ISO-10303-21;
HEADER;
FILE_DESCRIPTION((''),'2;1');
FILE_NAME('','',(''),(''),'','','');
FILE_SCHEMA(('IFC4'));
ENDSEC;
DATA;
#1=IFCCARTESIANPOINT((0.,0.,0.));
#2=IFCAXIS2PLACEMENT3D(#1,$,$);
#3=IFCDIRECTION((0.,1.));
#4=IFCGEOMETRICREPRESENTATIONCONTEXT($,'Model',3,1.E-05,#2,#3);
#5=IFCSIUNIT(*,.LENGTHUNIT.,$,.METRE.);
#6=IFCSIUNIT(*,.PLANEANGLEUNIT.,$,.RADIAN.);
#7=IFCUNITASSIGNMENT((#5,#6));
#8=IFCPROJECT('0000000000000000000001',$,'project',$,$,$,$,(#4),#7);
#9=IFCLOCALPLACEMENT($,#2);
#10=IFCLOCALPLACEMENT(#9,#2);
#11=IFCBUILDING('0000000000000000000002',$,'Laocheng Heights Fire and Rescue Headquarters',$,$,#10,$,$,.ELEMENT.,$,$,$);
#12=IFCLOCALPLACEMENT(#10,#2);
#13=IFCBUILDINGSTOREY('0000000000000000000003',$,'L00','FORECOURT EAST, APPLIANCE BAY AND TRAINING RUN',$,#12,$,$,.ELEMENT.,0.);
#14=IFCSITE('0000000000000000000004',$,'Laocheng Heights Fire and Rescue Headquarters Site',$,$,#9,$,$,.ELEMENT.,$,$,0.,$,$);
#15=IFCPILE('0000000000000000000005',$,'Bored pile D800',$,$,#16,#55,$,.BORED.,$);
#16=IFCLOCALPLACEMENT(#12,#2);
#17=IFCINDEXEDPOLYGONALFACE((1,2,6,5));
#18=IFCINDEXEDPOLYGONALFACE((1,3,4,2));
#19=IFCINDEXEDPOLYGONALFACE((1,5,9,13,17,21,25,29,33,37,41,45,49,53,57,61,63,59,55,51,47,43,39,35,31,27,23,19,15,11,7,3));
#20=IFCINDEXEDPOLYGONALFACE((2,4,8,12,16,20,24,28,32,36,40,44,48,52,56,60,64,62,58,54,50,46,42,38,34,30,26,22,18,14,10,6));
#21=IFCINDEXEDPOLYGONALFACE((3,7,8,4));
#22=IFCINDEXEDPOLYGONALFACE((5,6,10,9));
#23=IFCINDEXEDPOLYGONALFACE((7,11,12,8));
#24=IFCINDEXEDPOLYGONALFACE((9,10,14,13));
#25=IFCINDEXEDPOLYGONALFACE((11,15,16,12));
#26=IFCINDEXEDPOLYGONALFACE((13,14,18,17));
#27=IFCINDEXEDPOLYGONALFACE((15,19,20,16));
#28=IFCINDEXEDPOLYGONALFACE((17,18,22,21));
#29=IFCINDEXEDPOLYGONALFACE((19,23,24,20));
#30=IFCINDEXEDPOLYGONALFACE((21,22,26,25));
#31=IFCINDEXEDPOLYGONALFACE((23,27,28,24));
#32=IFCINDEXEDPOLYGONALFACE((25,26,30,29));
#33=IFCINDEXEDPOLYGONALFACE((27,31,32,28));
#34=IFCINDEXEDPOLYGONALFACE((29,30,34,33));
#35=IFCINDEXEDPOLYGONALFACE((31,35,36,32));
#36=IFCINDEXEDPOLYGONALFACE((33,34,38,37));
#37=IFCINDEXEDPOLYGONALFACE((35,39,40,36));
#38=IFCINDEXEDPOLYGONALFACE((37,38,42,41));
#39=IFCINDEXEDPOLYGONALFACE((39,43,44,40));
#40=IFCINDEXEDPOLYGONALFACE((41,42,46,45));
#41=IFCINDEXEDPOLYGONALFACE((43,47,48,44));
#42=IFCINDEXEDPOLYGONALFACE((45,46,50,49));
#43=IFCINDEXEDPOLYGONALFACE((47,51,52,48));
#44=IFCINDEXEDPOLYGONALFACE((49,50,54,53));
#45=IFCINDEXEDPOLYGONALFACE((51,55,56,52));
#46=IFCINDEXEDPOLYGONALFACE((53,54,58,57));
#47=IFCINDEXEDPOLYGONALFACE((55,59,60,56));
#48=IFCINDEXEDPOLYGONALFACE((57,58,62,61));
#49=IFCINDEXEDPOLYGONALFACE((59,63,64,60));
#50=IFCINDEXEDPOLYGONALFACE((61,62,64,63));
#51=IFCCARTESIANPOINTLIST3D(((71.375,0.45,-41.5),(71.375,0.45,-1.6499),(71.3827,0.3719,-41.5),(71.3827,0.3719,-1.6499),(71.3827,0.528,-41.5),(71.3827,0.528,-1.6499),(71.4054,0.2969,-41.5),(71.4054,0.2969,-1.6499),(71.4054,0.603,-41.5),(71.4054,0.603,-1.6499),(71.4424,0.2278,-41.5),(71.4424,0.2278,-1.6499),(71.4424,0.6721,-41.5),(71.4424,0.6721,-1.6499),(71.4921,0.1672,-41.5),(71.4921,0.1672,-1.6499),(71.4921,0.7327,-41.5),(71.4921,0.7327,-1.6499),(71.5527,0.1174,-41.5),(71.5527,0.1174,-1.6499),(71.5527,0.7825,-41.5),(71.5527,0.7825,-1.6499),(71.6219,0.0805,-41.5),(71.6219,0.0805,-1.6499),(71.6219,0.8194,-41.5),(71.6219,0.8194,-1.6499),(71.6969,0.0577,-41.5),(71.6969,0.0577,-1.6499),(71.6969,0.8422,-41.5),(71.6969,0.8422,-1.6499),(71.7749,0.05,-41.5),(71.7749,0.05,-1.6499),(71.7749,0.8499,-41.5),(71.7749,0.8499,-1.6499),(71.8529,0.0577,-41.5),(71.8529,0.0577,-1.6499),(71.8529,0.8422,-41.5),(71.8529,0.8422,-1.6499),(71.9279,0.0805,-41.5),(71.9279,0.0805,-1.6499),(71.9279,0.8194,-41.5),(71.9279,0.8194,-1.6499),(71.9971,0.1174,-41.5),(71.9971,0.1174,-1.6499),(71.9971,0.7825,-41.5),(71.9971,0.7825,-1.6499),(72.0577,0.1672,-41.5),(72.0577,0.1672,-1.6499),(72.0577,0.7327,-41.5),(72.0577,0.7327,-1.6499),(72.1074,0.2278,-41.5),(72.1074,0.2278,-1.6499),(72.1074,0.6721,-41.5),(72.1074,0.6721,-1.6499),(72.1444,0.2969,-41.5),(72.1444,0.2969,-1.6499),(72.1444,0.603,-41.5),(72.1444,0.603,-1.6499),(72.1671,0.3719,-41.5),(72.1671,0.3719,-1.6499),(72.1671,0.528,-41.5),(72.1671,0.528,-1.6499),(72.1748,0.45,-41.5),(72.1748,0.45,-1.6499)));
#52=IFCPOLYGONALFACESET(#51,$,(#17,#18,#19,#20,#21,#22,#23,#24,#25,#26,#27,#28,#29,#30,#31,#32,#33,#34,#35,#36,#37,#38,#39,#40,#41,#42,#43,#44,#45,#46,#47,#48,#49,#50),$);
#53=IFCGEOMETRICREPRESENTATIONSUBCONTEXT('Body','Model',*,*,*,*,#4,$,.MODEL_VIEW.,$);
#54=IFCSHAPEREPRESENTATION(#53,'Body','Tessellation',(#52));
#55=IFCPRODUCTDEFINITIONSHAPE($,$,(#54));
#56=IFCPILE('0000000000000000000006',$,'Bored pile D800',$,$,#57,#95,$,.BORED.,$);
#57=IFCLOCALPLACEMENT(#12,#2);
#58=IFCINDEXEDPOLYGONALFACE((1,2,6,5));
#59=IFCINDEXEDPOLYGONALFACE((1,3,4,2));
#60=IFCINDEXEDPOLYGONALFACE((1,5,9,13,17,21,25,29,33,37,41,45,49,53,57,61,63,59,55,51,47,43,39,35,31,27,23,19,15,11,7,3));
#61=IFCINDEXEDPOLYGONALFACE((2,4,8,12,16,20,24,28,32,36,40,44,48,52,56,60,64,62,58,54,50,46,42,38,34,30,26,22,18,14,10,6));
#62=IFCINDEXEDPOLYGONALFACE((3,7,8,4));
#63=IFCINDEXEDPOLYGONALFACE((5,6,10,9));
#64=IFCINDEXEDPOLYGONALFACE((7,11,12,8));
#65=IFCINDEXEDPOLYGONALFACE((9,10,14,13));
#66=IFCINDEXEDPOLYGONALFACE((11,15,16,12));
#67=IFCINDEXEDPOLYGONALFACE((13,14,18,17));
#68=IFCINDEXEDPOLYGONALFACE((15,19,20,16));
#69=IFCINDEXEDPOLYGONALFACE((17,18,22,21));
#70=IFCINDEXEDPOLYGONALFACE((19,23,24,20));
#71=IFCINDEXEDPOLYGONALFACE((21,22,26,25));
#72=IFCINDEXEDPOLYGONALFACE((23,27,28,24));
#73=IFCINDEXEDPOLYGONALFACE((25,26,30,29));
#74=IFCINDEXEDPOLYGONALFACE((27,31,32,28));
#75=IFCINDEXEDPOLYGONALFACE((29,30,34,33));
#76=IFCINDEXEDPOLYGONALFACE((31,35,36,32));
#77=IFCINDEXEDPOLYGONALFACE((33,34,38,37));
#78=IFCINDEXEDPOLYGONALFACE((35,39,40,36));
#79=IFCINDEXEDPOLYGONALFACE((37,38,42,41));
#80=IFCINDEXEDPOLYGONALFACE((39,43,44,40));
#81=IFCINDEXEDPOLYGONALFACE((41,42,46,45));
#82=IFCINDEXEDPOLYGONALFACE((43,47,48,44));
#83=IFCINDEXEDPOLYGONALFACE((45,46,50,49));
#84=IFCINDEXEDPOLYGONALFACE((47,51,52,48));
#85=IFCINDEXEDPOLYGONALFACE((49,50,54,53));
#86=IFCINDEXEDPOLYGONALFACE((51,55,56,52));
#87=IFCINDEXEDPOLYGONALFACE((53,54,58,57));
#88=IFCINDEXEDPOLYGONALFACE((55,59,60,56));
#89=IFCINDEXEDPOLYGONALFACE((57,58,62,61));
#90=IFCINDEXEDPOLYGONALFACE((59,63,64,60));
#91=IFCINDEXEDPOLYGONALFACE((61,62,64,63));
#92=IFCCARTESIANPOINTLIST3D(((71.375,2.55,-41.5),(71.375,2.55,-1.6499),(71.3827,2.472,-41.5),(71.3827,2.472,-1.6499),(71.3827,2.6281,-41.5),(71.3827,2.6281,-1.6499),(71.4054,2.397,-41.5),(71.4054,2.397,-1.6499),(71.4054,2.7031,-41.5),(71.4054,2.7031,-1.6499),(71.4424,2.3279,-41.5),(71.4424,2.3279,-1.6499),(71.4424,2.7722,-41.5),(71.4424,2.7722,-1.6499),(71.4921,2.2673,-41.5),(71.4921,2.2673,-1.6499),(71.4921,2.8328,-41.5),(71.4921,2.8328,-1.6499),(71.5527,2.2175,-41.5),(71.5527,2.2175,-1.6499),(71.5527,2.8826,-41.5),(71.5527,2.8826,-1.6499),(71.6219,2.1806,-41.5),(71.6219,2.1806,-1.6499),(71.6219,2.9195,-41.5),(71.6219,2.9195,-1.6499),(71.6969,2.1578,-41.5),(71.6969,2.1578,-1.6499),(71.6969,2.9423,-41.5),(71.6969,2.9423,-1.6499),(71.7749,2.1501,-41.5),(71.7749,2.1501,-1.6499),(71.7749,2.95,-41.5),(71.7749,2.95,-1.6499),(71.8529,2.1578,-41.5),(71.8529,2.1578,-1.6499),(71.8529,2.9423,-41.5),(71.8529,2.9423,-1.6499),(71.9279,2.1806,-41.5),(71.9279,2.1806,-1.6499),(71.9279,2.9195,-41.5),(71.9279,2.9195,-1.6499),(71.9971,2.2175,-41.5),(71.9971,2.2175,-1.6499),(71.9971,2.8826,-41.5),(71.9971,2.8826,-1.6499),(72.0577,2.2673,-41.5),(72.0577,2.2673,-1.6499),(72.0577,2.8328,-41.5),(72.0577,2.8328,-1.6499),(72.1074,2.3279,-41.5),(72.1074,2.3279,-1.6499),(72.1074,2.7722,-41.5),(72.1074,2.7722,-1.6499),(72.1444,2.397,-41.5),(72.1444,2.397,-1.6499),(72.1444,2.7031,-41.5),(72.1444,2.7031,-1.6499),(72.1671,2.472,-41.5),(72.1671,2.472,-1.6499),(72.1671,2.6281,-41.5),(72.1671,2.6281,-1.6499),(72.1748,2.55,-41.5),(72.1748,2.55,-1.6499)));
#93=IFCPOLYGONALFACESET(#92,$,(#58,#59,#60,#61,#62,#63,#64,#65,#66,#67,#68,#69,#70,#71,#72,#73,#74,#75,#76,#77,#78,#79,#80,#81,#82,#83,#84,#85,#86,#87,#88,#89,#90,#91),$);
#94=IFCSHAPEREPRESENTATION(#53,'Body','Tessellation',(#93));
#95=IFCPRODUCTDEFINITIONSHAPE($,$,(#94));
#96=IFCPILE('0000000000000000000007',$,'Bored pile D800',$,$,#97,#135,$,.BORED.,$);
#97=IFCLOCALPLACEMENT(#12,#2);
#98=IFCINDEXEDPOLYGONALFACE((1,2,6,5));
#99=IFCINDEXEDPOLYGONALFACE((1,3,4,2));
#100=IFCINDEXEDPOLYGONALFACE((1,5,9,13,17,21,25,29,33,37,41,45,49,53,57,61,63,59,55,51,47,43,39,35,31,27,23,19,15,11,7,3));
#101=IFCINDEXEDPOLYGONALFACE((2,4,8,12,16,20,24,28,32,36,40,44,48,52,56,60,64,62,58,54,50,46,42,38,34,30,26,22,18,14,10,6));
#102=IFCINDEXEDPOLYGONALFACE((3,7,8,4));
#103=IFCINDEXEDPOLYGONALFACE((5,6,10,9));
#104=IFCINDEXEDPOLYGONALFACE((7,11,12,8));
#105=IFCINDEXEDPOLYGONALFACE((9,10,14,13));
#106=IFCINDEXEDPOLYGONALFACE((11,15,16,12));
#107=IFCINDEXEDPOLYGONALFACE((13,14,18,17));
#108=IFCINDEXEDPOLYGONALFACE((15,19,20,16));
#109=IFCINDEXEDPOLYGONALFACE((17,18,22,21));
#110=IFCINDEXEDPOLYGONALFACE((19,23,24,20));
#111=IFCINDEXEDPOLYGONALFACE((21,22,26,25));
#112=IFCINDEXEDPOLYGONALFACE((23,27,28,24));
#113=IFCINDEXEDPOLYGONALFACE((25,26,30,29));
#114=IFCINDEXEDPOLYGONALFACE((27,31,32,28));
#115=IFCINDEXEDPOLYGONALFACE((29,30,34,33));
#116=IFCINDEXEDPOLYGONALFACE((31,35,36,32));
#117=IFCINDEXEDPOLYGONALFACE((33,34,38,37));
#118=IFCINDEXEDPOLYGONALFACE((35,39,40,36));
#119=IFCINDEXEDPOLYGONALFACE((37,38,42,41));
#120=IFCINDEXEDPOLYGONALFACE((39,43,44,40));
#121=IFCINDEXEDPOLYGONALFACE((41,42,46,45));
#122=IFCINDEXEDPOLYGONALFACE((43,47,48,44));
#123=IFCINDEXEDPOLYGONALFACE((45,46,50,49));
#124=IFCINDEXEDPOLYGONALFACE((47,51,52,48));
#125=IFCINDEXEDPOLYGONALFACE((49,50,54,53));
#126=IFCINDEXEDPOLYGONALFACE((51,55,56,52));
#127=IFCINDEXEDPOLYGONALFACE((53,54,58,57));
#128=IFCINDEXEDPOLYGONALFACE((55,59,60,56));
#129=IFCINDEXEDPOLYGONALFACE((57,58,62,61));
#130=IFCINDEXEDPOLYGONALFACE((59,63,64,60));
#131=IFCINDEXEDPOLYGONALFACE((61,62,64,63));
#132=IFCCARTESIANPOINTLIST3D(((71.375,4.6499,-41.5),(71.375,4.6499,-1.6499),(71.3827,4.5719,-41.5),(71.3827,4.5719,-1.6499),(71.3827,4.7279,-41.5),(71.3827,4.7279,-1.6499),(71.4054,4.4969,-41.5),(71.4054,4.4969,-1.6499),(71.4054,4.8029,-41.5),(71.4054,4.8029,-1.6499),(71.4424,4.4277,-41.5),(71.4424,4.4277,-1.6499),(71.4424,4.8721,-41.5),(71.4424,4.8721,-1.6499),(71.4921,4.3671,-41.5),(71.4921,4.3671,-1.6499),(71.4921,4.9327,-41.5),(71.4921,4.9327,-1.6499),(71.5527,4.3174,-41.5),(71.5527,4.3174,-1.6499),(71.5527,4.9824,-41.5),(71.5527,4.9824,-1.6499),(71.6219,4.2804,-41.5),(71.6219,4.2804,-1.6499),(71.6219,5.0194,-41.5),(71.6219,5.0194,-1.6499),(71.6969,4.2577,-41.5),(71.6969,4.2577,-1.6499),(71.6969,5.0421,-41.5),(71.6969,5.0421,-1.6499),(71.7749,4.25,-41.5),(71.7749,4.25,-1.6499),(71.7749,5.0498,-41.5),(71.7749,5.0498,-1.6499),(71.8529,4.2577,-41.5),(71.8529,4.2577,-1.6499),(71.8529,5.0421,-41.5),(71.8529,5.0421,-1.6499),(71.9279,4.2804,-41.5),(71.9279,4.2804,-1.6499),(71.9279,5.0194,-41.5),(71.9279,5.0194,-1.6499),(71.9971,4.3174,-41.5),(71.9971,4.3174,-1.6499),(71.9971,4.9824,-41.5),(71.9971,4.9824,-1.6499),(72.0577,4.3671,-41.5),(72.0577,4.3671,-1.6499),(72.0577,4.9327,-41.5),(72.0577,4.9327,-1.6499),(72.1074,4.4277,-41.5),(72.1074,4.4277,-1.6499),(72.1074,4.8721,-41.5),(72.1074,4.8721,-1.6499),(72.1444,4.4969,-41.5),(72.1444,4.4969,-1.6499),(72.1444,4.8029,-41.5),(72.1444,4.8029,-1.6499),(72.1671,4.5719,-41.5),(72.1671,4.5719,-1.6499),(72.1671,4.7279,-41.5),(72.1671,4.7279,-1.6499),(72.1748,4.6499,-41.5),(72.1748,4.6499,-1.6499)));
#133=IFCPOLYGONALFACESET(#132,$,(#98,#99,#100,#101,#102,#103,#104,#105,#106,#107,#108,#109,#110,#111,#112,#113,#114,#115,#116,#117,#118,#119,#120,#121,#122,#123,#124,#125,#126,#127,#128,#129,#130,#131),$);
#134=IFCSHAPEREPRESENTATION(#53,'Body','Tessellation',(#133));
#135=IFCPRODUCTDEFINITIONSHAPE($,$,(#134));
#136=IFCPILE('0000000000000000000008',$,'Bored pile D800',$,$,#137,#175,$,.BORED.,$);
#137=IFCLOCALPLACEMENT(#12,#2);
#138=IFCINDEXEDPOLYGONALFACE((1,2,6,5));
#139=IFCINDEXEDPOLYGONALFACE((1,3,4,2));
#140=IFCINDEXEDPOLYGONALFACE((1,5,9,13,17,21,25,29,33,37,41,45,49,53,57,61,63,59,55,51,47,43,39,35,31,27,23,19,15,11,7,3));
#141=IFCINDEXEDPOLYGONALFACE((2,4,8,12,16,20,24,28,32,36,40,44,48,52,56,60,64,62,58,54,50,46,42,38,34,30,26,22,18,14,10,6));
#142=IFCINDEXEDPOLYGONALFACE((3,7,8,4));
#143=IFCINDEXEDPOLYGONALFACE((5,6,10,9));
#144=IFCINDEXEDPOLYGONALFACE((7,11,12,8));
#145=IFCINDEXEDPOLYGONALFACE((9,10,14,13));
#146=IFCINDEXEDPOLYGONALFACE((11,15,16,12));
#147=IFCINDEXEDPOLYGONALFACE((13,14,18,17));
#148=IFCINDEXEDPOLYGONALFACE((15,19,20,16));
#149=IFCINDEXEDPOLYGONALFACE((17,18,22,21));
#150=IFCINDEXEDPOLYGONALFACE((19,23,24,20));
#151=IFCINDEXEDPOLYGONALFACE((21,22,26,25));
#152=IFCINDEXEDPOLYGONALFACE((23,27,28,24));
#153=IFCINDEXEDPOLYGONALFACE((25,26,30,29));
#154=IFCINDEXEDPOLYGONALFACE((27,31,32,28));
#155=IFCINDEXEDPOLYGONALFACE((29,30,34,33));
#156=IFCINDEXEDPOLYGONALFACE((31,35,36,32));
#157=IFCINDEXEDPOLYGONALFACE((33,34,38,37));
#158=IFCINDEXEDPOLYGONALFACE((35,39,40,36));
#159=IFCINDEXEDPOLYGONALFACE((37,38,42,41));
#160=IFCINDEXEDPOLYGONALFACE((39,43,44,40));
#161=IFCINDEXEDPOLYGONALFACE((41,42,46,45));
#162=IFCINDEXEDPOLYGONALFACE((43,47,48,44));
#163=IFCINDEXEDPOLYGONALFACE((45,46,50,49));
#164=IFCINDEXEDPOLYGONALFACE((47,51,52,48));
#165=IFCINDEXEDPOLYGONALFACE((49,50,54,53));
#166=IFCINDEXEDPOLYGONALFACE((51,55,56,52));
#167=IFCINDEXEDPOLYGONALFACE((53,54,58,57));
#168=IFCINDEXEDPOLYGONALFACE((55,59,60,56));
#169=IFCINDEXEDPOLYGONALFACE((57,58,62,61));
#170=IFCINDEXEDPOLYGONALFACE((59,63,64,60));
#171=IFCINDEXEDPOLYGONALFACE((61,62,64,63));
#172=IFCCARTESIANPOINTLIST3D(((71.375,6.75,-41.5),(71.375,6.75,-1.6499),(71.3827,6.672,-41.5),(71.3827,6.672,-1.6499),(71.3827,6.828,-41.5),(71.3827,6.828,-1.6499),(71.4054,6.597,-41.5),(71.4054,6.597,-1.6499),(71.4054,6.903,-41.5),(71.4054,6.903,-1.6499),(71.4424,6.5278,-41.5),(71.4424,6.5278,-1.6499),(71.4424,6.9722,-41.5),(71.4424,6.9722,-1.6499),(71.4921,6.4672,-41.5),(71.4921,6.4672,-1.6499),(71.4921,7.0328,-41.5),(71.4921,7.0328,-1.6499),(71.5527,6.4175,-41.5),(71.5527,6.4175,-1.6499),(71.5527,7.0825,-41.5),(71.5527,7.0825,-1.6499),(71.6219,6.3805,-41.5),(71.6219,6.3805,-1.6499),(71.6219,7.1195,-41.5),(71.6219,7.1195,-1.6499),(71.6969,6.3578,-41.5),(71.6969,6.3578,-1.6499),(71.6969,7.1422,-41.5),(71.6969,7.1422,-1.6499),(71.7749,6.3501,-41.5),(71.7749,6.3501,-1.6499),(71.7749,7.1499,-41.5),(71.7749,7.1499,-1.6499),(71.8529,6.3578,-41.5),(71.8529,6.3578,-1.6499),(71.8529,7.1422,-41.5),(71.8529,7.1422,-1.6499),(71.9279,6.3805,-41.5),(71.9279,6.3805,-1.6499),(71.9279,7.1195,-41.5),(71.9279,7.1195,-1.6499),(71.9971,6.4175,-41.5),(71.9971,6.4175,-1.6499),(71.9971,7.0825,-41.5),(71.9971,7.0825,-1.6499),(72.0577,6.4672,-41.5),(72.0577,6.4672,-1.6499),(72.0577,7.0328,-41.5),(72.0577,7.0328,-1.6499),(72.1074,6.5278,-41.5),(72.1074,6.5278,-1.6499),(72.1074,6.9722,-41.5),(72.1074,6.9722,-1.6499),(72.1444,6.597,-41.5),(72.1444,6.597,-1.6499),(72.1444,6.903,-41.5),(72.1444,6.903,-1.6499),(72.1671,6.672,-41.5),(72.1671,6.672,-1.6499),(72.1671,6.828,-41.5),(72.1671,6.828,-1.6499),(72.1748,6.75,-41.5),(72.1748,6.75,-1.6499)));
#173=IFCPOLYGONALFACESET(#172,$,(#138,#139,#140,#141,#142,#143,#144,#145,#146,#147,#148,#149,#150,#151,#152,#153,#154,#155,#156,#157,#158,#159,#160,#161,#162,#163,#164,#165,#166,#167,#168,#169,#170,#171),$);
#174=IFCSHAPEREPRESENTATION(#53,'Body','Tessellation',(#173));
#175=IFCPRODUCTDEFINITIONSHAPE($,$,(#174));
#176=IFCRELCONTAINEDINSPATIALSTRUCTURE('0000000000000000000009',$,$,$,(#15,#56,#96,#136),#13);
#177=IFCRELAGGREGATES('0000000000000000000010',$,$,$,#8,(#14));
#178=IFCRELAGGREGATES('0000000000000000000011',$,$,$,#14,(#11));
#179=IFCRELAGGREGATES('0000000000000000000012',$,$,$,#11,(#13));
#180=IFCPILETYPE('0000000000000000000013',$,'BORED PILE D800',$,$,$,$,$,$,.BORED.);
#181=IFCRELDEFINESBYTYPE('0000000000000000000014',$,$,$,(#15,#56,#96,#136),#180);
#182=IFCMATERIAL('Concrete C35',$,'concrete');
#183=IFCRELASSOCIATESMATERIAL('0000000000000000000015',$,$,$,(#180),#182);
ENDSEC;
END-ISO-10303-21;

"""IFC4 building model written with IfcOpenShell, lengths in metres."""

from ifc_helpers import new_model, si_unit, direction, frame, origin, origin_2d, place, context, subcontext, project, spatial, circle, extrude, material, material_profile, profile_set, type_object, element, save


model = new_model("IFC4")

# Units and contexts
model_context = context("Model", 3, precision=1e-05, world=origin(), true_north=direction((0.0, 1.0)))
body_context = subcontext(model_context, "Body", "Model", "MODEL_VIEW")
ifc_project = project(units=[si_unit("LENGTHUNIT", "METRE"), si_unit("PLANEANGLEUNIT", "RADIAN")], contexts=[model_context])

# Site, building, storey
site_placement = place(None, origin())
site = spatial("IfcSite", under=ifc_project, at=site_placement, Name="Laocheng Heights Fire and Rescue Headquarters Site", CompositionType="ELEMENT", RefElevation=0.0)
building_placement = place(site_placement, origin())
building = spatial("IfcBuilding", under=site, at=building_placement, Name="Laocheng Heights Fire and Rescue Headquarters", CompositionType="ELEMENT")
storey_placement = place(building_placement, origin())
storey = spatial("IfcBuildingStorey", under=building, at=storey_placement, Name="L00", Description="FORECOURT EAST, APPLIANCE BAY AND TRAINING RUN", CompositionType="ELEMENT", Elevation=0.0)

# Piles
ifc_material_1 = material(Name="Concrete C35", Category="concrete")
ifc_material_profile_1 = material_profile(ifc_material_1, circle(Radius=0.3999, at=origin_2d()), Name="BORED PILE D800")
ifc_profile_set_1 = profile_set([ifc_material_profile_1], Name="Concrete C35")
pile_type = type_object("IfcPileType", Name="BORED PILE D800", PredefinedType="BORED", material=ifc_profile_set_1)
for number, where, z_axis, x_axis, name in (
    (1, (71.7749, 0.45, -1.6499), (0.0, 0.0, -1.0), (1.0, 0.0, 0.0), "Bored pile D800"),
    (2, (71.7749, 2.55, -1.6499), (0.0, 0.0, -1.0), (1.0, 0.0, 0.0), "Bored pile D800"),
    (3, (71.7749, 4.6499, -1.6499), (0.0, 0.0, -1.0), (1.0, 0.0, 0.0), "Bored pile D800"),
    (4, (71.7749, 6.75, -1.6499), (0.0, 0.0, -1.0), (1.0, 0.0, 0.0), "Bored pile D800"),
):
    element("IfcPile", number, at=place(storey_placement, frame(where, z_axis=z_axis, x_axis=x_axis)), inside=storey, type_object=pile_type, Name=name, PredefinedType="BORED", context=body_context, shape_type="SweptSolid", body=[
        extrude(circle(Radius=0.3999, at=origin_2d()), origin(), (0.0, 0.0, 1.0), 39.8501),
    ])

save(model, "model.ifc")
